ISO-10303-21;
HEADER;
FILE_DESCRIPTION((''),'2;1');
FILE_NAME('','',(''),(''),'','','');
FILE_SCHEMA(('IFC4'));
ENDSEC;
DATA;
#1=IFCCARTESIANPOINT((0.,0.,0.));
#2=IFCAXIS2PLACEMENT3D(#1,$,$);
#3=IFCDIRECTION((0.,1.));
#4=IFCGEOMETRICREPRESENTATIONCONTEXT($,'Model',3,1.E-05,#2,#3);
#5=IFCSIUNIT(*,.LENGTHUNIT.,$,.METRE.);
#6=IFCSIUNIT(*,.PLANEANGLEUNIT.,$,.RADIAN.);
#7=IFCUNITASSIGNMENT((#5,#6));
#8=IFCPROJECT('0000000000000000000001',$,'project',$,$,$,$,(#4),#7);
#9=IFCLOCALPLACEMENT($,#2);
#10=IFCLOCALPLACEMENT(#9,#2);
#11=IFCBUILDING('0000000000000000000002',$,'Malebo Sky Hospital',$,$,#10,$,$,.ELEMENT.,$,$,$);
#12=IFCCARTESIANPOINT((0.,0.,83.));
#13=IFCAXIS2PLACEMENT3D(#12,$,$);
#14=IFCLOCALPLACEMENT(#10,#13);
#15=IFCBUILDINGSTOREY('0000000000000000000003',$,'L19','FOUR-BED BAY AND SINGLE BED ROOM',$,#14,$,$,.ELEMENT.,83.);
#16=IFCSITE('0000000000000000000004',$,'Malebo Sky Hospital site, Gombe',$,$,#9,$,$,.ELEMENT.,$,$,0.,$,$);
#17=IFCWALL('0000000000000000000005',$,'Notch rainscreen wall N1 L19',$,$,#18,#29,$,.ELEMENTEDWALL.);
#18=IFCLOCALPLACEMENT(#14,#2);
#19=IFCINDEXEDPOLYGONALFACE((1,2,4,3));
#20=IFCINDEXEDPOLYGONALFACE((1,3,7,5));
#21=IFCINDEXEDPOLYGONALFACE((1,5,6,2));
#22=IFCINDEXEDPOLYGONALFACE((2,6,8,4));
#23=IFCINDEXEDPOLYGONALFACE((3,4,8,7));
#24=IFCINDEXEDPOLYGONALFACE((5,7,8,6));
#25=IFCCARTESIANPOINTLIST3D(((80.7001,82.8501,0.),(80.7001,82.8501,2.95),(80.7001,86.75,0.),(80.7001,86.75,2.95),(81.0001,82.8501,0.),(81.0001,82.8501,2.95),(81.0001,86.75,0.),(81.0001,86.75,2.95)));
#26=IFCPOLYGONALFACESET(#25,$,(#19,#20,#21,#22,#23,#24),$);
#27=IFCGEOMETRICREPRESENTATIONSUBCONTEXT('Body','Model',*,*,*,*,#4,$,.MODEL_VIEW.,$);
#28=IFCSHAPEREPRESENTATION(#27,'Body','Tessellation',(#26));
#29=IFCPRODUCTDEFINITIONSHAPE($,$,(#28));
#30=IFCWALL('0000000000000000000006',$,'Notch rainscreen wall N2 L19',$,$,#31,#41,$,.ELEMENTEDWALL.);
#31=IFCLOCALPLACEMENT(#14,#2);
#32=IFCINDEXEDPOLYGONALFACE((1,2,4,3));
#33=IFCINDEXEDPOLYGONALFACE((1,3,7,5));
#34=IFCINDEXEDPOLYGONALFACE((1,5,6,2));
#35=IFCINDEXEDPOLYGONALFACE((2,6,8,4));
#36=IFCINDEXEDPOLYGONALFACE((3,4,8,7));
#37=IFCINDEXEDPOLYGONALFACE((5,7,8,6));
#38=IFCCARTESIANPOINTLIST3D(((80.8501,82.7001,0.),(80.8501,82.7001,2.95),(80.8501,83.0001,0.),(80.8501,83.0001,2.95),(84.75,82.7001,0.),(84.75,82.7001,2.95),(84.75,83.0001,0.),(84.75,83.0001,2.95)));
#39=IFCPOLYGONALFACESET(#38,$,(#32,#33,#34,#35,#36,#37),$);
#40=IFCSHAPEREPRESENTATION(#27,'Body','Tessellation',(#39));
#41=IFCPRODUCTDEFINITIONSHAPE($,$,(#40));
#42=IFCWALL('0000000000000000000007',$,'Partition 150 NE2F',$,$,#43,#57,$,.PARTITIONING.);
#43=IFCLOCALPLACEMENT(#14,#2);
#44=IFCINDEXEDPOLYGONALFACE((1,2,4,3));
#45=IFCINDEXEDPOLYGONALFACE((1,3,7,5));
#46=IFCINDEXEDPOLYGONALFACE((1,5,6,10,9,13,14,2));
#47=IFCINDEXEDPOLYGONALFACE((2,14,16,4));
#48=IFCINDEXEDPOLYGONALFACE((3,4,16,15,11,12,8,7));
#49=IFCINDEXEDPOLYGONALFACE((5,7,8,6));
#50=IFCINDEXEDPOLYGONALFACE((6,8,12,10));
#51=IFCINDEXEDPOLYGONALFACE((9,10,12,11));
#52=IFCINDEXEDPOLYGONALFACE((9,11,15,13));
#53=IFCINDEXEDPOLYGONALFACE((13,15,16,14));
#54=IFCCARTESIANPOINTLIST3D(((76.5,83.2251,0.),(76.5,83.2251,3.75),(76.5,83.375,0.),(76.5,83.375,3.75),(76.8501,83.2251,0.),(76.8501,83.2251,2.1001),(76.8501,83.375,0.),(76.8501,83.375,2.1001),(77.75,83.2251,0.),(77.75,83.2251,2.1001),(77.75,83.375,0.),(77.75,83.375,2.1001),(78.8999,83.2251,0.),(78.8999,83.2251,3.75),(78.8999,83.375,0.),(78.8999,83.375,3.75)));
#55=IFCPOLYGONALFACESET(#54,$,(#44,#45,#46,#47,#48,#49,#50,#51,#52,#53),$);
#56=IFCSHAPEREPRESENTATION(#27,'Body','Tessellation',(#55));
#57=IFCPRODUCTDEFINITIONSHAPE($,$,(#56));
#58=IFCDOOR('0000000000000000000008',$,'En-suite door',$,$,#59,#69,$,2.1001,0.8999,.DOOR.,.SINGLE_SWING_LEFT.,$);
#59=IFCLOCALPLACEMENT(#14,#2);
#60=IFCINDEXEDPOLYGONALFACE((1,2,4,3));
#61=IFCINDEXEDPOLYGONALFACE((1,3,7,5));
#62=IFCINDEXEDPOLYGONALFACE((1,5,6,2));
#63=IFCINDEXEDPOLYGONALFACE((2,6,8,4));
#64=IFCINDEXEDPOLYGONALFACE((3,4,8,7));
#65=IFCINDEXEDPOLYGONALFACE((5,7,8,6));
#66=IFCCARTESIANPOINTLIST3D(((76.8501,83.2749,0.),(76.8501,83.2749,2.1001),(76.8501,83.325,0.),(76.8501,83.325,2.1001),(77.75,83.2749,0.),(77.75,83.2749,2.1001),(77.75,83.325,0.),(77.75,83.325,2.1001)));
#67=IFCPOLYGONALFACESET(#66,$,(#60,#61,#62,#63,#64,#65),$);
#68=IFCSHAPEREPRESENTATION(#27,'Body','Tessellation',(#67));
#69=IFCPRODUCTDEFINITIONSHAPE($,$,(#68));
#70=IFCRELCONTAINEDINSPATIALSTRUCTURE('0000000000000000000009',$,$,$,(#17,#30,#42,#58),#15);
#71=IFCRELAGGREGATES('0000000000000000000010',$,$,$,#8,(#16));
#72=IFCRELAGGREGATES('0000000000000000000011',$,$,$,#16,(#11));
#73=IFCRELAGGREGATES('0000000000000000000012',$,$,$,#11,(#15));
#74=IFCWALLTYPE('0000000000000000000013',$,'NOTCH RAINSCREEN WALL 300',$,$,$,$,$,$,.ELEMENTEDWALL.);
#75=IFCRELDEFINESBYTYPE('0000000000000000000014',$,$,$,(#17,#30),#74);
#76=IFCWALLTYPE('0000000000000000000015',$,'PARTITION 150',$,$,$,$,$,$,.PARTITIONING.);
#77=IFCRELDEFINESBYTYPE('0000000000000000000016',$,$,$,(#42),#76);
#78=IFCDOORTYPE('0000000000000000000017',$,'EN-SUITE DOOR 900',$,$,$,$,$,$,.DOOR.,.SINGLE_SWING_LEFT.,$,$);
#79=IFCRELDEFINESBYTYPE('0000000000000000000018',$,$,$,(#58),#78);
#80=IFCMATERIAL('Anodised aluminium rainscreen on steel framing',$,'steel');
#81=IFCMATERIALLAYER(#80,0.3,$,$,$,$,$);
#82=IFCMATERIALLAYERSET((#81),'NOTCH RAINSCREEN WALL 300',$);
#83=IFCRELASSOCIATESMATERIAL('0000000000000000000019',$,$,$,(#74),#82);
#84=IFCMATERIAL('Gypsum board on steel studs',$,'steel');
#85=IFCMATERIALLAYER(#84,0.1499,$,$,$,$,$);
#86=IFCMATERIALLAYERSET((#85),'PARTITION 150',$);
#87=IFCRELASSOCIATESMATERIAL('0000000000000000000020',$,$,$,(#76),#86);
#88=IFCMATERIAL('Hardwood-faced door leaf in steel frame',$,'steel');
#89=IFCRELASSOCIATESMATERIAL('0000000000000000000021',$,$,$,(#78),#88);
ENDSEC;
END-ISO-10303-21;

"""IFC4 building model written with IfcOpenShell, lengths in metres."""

from ifc_helpers import new_model, si_unit, direction, frame, frame_2d, origin, place, context, subcontext, project, spatial, rectangle, extrude, material, layer, layer_set, type_object, element, fill, save


model = new_model("IFC4")

# Units and contexts
model_context = context("Model", 3, precision=1e-05, world=origin(), true_north=direction((0.0, 1.0)))
body_context = subcontext(model_context, "Body", "Model", "MODEL_VIEW")
ifc_project = project(units=[si_unit("LENGTHUNIT", "METRE"), si_unit("PLANEANGLEUNIT", "RADIAN")], contexts=[model_context])

# Site, building, storey
site_placement = place(None, origin())
site = spatial("IfcSite", under=ifc_project, at=site_placement, Name="Malebo Sky Hospital site, Gombe", CompositionType="ELEMENT", RefElevation=0.0)
building_placement = place(site_placement, origin())
building = spatial("IfcBuilding", under=site, at=building_placement, Name="Malebo Sky Hospital", CompositionType="ELEMENT")
storey_placement = place(building_placement, frame((0.0, 0.0, 83.0)))
storey = spatial("IfcBuildingStorey", under=building, at=storey_placement, Name="L19", Description="FOUR-BED BAY AND SINGLE BED ROOM", CompositionType="ELEMENT", Elevation=83.0)

# Walls
ifc_material_1 = material(Name="Anodised aluminium rainscreen on steel framing", Category="steel")
ifc_layer_1 = layer(ifc_material_1, 0.3)
ifc_layer_set_1 = layer_set([ifc_layer_1], Name="NOTCH RAINSCREEN WALL 300")
wall_type_1 = type_object("IfcWallType", Name="NOTCH RAINSCREEN WALL 300", PredefinedType="ELEMENTEDWALL", material=ifc_layer_set_1)
for number, where, z_axis, x_axis, name in (
    (1, (80.8501, 86.75, 0.0), (0.0, 0.0, 1.0), (0.0, -1.0, 0.0), "Notch rainscreen wall N1 L19"),
    (2, (80.8501, 82.8501, 0.0), (0.0, 0.0, 1.0), (1.0, 0.0, 0.0), "Notch rainscreen wall N2 L19"),
):
    element("IfcWall", number, at=place(storey_placement, frame(where, z_axis=z_axis, x_axis=x_axis)), inside=storey, type_object=wall_type_1, Name=name, PredefinedType="ELEMENTEDWALL", context=body_context, shape_type="SweptSolid", body=[
        extrude(rectangle(XDim=3.8999, YDim=0.3, at=frame_2d((1.95, 0.0))), origin(), (0.0, 0.0, 1.0), 2.95),
    ])

# Wall, opening, door
ifc_material_2 = material(Name="Gypsum board on steel studs", Category="steel")
ifc_layer_2 = layer(ifc_material_2, 0.1499)
ifc_layer_set_2 = layer_set([ifc_layer_2], Name="PARTITION 150")
wall_type_2 = type_object("IfcWallType", Name="PARTITION 150", PredefinedType="PARTITIONING", material=ifc_layer_set_2)
wall_placement = place(storey_placement, frame((76.5, 83.3, 0.0), z_axis=(0.0, 0.0, 1.0), x_axis=(1.0, 0.0, 0.0)))
wall = element("IfcWall", 3, at=wall_placement, inside=storey, type_object=wall_type_2, Name="Partition 150 NE2F", PredefinedType="PARTITIONING", context=body_context, shape_type="SweptSolid", body=[
    extrude(rectangle(XDim=2.3999, YDim=0.1499, at=frame_2d((1.2, 0.0))), origin(), (0.0, 0.0, 1.0), 3.75),
])
opening_placement = place(wall_placement, frame((0.3501, 0.0, 0.0)))
opening = element("IfcOpeningElement", 4, at=opening_placement, cuts=wall, PredefinedType="OPENING", context=body_context, shape_type="SweptSolid", body=[
    extrude(rectangle(XDim=0.8999, YDim=2.1001, at=frame_2d((0.45, 1.05))), frame((0.0, 0.085, 0.0), z_axis=(0.0, -1.0, 0.0), x_axis=(1.0, 0.0, 0.0)), (0.0, 0.0, 1.0), 0.1699),
])
ifc_material_3 = material(Name="Hardwood-faced door leaf in steel frame", Category="steel")
door_type = type_object("IfcDoorType", Name="EN-SUITE DOOR 900", OperationType="SINGLE_SWING_LEFT", PredefinedType="DOOR", material=ifc_material_3)
door_placement = place(opening_placement, origin())
door = element("IfcDoor", 5, at=door_placement, inside=storey, type_object=door_type, Name="En-suite door", OperationType="SINGLE_SWING_LEFT", OverallHeight=2.1001, OverallWidth=0.8999, PredefinedType="DOOR", context=body_context, shape_type="SweptSolid", body=[
    extrude(rectangle(XDim=0.8999, YDim=2.1001, at=frame_2d((0.45, 1.05))), frame((0.0, 0.0249, 0.0), z_axis=(0.0, -1.0, 0.0), x_axis=(1.0, 0.0, 0.0)), (0.0, 0.0, 1.0), 0.05),
])
fill(opening, door)

save(model, "model.ifc")
